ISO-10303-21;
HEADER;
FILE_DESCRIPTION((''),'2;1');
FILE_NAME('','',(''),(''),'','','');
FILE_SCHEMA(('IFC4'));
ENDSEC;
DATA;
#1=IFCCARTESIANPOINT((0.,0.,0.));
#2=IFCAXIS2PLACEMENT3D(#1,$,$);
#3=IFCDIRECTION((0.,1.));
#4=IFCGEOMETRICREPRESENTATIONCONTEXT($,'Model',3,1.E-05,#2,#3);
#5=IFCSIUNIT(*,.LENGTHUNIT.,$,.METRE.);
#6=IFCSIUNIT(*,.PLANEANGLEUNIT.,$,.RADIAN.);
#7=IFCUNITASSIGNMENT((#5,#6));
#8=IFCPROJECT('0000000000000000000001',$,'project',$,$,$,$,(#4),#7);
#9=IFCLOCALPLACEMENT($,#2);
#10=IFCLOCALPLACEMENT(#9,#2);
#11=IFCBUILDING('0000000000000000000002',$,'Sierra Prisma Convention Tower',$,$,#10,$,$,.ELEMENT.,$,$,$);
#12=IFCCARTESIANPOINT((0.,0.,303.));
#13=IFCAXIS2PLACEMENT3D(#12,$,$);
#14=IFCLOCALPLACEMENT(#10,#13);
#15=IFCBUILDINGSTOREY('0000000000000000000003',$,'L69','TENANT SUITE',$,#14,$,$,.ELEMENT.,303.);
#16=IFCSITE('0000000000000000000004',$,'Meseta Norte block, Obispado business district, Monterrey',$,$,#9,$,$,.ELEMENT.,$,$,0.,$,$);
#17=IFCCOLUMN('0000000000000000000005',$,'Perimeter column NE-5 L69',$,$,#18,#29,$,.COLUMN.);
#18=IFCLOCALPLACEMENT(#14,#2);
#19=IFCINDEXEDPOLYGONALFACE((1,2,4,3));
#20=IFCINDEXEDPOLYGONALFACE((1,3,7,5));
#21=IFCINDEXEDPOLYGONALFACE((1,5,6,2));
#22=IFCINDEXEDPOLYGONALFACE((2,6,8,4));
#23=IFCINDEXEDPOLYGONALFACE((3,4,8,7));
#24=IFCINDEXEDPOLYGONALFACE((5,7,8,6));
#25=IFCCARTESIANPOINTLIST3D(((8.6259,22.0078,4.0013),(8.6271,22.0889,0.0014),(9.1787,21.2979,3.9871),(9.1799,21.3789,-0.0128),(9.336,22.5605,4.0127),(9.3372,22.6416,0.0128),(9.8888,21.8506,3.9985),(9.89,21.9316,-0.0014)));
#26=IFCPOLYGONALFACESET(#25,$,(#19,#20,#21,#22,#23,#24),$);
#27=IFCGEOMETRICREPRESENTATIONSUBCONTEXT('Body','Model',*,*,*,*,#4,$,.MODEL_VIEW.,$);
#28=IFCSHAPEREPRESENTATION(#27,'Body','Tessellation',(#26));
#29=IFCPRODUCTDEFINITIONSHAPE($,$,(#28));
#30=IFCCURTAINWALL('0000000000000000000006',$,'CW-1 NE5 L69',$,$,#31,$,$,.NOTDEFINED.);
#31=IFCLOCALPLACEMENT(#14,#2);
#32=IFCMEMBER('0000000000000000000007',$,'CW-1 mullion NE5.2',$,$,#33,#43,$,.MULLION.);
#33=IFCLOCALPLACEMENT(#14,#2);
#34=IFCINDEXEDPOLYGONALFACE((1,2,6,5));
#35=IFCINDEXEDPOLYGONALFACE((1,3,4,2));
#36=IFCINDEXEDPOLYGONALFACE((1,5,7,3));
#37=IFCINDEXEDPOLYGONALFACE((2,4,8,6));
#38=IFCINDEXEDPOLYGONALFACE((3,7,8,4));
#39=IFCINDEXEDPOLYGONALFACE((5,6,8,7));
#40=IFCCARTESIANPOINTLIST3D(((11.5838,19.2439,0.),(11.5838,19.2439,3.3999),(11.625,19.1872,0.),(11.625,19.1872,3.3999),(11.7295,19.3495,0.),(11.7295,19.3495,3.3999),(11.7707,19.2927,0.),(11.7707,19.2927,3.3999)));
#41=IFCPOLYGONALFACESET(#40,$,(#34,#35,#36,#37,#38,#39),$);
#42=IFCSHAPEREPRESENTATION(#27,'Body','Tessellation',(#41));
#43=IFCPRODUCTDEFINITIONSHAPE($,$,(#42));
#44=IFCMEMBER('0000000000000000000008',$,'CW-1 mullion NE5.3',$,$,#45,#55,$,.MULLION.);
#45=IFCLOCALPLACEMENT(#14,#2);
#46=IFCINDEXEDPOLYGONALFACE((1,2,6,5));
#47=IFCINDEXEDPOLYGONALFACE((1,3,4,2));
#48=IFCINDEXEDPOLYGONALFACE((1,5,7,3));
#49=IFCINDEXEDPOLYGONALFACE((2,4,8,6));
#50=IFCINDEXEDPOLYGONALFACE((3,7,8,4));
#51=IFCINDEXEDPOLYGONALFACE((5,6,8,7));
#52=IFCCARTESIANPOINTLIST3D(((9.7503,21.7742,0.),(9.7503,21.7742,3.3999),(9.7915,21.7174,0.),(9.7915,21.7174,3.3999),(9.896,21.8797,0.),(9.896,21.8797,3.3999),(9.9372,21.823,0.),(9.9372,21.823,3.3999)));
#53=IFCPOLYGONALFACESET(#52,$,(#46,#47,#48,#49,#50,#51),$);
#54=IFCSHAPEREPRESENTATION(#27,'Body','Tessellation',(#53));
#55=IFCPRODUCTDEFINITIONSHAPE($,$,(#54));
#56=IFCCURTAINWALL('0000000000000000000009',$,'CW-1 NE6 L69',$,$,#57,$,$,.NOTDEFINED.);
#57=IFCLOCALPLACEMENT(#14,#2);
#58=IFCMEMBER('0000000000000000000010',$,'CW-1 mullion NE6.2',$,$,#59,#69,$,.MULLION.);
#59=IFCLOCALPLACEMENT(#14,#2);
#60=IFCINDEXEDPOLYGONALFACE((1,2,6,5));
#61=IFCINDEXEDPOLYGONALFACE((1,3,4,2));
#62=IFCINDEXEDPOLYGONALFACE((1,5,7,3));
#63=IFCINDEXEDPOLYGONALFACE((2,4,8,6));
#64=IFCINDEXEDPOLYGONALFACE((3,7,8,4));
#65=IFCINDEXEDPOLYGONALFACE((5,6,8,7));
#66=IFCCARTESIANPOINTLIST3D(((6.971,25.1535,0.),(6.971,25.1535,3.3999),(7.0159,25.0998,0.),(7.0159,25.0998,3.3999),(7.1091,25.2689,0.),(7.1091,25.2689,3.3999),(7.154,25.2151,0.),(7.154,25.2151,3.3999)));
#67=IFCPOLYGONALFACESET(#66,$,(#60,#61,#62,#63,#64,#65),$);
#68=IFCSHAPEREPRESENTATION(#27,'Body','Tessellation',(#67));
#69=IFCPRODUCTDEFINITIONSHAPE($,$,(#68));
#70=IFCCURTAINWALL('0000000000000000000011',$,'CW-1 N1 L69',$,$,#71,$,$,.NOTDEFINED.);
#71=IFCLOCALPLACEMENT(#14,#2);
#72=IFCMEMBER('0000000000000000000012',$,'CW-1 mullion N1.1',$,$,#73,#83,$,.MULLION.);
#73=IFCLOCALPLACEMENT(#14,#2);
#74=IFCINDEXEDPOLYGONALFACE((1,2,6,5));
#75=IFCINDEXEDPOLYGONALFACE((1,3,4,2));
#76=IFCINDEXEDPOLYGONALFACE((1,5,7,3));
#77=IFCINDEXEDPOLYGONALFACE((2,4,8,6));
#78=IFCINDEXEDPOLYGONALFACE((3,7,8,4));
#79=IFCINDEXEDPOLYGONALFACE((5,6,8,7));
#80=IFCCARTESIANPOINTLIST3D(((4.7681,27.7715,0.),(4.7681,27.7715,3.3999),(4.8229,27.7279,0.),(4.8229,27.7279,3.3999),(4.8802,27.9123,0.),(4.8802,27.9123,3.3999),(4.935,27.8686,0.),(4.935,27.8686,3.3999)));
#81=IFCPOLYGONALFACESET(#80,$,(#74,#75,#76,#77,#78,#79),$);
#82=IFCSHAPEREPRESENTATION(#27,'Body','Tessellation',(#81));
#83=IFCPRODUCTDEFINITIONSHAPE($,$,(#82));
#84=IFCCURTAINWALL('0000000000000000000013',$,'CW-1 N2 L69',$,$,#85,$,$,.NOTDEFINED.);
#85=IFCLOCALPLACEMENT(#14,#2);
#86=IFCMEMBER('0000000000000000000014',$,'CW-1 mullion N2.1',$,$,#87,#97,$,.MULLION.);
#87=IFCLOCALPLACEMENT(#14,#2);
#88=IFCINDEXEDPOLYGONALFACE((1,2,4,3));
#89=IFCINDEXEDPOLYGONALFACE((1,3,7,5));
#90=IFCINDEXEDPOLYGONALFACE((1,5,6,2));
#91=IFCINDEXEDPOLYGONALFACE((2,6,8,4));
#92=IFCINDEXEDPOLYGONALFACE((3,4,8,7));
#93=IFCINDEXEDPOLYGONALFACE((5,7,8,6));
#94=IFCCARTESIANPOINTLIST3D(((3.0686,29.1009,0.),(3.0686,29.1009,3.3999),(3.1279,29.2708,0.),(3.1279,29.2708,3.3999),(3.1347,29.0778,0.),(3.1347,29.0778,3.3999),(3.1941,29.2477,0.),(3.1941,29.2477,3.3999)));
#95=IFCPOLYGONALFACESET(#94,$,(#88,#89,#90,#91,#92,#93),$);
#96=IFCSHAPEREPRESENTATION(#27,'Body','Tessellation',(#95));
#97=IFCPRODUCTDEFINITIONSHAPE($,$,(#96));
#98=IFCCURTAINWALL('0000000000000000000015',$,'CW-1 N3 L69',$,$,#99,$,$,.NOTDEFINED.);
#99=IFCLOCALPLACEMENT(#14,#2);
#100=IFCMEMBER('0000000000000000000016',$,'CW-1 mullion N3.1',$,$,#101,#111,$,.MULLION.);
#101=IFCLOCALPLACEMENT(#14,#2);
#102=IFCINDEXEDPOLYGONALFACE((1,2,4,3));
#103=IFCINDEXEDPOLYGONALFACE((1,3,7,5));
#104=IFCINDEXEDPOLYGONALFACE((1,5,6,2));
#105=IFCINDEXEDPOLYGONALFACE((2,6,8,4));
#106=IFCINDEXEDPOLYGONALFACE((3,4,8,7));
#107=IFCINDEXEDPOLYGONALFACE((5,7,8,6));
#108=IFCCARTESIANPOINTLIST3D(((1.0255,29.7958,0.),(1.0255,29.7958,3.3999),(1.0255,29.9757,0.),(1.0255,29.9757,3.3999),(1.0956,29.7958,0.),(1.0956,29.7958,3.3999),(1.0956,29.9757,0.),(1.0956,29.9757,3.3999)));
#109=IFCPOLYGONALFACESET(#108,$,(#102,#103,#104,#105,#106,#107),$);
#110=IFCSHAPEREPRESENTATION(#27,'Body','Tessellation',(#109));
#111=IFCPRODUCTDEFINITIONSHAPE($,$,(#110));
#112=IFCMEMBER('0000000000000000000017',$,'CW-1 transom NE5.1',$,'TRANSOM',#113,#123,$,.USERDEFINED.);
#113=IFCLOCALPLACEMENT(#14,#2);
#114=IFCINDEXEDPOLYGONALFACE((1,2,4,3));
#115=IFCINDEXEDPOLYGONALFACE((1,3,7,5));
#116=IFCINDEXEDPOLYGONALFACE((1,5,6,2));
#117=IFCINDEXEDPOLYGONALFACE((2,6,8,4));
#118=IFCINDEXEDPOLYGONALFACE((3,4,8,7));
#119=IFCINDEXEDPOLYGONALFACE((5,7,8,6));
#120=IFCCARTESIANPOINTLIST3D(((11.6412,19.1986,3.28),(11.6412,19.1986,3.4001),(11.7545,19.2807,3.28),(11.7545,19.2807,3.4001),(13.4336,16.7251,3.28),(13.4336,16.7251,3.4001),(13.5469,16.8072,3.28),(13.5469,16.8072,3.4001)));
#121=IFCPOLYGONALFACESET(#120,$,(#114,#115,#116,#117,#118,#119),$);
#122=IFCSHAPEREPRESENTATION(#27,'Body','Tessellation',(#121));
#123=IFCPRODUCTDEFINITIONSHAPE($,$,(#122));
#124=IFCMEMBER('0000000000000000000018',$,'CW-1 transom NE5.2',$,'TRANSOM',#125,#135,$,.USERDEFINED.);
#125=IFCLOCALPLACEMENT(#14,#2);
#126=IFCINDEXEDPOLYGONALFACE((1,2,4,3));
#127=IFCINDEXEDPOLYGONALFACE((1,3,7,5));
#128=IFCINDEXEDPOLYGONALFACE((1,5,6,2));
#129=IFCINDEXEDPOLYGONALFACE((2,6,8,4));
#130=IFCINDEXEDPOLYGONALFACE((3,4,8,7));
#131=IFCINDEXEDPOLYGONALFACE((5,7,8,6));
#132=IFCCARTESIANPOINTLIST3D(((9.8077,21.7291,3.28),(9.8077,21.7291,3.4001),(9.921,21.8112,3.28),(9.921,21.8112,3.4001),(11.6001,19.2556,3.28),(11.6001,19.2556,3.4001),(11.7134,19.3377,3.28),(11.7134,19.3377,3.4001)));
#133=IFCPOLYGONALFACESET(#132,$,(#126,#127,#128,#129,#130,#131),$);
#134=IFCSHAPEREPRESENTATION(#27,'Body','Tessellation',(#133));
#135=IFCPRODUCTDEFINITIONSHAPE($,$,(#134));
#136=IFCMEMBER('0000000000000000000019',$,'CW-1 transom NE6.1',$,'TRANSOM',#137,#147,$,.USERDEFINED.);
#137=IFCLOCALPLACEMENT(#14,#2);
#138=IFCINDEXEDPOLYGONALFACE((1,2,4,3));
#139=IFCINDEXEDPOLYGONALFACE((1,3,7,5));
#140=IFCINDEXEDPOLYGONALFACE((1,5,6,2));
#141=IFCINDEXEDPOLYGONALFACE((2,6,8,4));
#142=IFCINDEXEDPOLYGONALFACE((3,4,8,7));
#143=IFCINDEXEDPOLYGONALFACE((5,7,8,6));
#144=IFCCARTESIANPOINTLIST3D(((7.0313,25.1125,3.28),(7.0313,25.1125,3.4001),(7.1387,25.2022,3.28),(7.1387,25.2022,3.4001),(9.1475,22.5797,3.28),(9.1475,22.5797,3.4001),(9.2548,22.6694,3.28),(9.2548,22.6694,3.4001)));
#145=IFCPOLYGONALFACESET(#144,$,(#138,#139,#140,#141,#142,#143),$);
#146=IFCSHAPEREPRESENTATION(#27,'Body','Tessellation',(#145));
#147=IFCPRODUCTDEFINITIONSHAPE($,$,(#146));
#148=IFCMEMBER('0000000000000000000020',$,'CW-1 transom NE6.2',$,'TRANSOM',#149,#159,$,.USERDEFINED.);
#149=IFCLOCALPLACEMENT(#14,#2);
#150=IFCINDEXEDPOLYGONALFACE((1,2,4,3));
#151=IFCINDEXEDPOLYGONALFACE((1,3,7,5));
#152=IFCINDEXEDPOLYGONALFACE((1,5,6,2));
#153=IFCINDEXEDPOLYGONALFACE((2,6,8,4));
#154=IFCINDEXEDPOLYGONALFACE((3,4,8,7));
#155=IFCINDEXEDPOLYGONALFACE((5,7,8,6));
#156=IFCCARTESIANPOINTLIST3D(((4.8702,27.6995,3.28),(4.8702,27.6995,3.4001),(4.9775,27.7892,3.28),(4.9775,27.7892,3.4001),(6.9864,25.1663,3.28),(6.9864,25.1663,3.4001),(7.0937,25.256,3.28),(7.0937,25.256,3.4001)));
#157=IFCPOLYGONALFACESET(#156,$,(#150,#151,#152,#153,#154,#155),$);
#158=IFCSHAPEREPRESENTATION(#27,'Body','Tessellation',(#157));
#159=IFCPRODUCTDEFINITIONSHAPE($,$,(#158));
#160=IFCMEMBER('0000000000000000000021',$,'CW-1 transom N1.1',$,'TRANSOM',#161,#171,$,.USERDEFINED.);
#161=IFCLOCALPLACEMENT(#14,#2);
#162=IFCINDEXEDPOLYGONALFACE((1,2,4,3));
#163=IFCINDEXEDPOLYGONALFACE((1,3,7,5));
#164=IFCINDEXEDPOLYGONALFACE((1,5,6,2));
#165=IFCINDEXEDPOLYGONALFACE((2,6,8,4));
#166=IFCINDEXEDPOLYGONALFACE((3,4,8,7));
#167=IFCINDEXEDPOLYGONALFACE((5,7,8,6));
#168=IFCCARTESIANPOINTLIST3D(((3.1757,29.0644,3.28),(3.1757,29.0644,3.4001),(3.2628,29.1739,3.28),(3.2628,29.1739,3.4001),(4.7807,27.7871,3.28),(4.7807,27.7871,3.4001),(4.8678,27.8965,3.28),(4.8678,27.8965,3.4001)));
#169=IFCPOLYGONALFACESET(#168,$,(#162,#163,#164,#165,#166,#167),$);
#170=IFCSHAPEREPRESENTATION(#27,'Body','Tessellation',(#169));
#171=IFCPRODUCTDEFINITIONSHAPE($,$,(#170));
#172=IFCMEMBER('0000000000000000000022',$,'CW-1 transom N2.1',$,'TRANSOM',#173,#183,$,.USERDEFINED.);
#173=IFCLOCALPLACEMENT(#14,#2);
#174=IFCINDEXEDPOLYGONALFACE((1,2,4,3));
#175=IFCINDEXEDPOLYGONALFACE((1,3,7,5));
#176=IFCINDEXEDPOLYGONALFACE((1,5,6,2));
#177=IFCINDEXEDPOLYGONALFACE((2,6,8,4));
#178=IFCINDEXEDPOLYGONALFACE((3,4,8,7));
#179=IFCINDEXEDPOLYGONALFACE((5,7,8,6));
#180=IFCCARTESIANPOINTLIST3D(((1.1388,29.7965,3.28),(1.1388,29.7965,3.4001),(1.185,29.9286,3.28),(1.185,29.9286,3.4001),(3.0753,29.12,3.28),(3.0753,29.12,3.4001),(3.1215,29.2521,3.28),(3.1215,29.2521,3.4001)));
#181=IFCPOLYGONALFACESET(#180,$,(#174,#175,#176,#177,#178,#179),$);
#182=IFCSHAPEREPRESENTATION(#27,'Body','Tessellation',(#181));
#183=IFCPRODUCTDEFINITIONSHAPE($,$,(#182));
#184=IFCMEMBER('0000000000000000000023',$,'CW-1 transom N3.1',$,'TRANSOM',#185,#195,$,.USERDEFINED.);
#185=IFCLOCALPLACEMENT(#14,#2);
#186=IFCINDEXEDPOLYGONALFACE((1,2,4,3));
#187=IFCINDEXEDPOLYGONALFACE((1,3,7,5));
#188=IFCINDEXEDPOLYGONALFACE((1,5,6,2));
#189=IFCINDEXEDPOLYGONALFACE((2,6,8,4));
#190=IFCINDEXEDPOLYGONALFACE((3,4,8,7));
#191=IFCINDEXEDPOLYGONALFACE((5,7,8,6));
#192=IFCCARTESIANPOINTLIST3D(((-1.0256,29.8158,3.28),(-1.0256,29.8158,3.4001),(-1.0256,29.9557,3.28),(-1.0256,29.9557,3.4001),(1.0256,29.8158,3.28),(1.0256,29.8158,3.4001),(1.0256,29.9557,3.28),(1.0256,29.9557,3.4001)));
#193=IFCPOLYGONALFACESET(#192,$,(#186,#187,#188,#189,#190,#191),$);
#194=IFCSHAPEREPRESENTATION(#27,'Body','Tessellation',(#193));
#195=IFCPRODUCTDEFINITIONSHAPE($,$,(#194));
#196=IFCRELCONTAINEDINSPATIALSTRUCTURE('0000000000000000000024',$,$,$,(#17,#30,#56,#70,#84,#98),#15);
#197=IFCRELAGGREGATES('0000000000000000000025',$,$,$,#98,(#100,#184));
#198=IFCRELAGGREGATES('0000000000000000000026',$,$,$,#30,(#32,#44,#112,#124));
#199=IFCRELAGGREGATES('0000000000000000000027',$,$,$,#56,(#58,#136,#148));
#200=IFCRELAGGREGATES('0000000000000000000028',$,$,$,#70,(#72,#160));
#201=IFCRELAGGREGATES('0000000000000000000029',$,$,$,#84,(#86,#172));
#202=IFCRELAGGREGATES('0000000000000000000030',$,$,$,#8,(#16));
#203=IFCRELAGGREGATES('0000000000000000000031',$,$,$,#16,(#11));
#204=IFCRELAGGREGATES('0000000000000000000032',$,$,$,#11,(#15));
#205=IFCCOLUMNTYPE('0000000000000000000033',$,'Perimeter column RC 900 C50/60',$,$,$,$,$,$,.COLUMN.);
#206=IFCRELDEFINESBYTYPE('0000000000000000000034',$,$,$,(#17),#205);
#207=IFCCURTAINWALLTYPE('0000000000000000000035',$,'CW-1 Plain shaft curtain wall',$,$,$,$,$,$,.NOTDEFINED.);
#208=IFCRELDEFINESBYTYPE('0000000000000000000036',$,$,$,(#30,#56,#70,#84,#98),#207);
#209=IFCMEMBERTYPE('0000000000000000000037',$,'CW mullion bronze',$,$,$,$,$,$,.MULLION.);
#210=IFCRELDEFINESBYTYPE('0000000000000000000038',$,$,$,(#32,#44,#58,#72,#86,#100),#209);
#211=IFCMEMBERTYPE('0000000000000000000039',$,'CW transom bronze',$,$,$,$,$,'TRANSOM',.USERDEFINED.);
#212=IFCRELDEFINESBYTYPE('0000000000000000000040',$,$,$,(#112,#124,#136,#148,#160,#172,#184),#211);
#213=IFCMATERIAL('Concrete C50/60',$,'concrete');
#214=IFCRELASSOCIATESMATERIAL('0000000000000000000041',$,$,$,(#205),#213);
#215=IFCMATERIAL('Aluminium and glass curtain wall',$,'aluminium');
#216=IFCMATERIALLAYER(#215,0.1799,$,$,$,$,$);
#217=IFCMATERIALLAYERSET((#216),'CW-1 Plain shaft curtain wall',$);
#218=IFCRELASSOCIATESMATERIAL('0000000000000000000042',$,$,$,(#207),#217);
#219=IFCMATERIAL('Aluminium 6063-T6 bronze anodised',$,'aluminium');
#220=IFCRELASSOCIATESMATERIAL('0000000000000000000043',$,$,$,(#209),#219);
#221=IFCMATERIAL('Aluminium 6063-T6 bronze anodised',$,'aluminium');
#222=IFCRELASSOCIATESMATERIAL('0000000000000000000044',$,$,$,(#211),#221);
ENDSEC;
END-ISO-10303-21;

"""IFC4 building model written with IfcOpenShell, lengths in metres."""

from ifc_helpers import new_model, si_unit, direction, frame, origin, origin_2d, place, context, subcontext, project, spatial, rectangle, extrude, material, layer, layer_set, material_profile, profile_set, type_object, element, aggregate, save


model = new_model("IFC4")

# Units and contexts
model_context = context("Model", 3, precision=1e-05, world=origin(), true_north=direction((0.0, 1.0)))
body_context = subcontext(model_context, "Body", "Model", "MODEL_VIEW")
ifc_project = project(units=[si_unit("LENGTHUNIT", "METRE"), si_unit("PLANEANGLEUNIT", "RADIAN")], contexts=[model_context])

# Site, building, storey
site_placement = place(None, origin())
site = spatial("IfcSite", under=ifc_project, at=site_placement, Name="Meseta Norte block, Obispado business district, Monterrey", CompositionType="ELEMENT", RefElevation=0.0)
building_placement = place(site_placement, origin())
building = spatial("IfcBuilding", under=site, at=building_placement, Name="Sierra Prisma Convention Tower", CompositionType="ELEMENT")
storey_placement = place(building_placement, frame((0.0, 0.0, 303.0)))
storey = spatial("IfcBuildingStorey", under=building, at=storey_placement, Name="L69", Description="TENANT SUITE", CompositionType="ELEMENT", Elevation=303.0)

# Column
ifc_material_1 = material(Name="Concrete C50/60", Category="concrete")
ifc_material_profile_1 = material_profile(ifc_material_1, rectangle(XDim=0.8999, YDim=0.8999, at=origin_2d()), Name="Perimeter column RC 900 C50/60")
ifc_profile_set_1 = profile_set([ifc_material_profile_1], Name="Concrete C50/60")
column_type = type_object("IfcColumnType", Name="Perimeter column RC 900 C50/60", PredefinedType="COLUMN", material=ifc_profile_set_1)
column_placement = place(storey_placement, frame((9.2585, 22.0103, 0.0), z_axis=(-0.000305, -0.02026, 0.999795), x_axis=(-0.614306, 0.78891, 0.015799)))
element("IfcColumn", 1, at=column_placement, inside=storey, type_object=column_type, Name="Perimeter column NE-5 L69", PredefinedType="COLUMN", context=body_context, shape_type="SweptSolid", body=[
    extrude(rectangle(XDim=0.8999, YDim=0.8999, at=origin_2d()), origin(), (0.0, 0.0, 1.0), 4.0007),
])

# Curtain wall, members
ifc_material_2 = material(Name="Aluminium and glass curtain wall", Category="aluminium")
ifc_layer_1 = layer(ifc_material_2, 0.1799)
ifc_layer_set_1 = layer_set([ifc_layer_1], Name="CW-1 Plain shaft curtain wall")
curtain_wall_type = type_object("IfcCurtainWallType", Name="CW-1 Plain shaft curtain wall", PredefinedType="NOTDEFINED", material=ifc_layer_set_1)
curtain_wall_1_placement = place(storey_placement, origin())
curtain_wall_1 = element("IfcCurtainWall", 2, at=curtain_wall_1_placement, inside=storey, type_object=curtain_wall_type, Name="CW-1 NE5 L69", PredefinedType="NOTDEFINED")
ifc_material_3 = material(Name="Aluminium 6063-T6 bronze anodised", Category="aluminium")
ifc_material_profile_2 = material_profile(ifc_material_3, rectangle(XDim=0.1799, YDim=0.0701, at=origin_2d()), Name="ALU MULLION 70x180")
ifc_profile_set_2 = profile_set([ifc_material_profile_2], Name="Aluminium 6063-T6 bronze anodised")
member_type_1 = type_object("IfcMemberType", Name="CW mullion bronze", PredefinedType="MULLION", material=ifc_profile_set_2)
member_1_placement = place(storey_placement, frame((11.6772, 19.2683, 0.0), z_axis=(0.0, 0.0, 1.0), x_axis=(-0.809774, -0.586742, 0.0)))
member_1 = element("IfcMember", 3, at=member_1_placement, type_object=member_type_1, Name="CW-1 mullion NE5.2", PredefinedType="MULLION", context=body_context, shape_type="SweptSolid", body=[
    extrude(rectangle(XDim=0.1799, YDim=0.0701, at=origin_2d()), origin(), (0.0, 0.0, 1.0), 3.3999),
])
member_2_placement = place(storey_placement, frame((9.8438, 21.7986, 0.0), z_axis=(0.0, 0.0, 1.0), x_axis=(-0.809774, -0.586742, 0.0)))
member_2 = element("IfcMember", 4, at=member_2_placement, type_object=member_type_1, Name="CW-1 mullion NE5.3", PredefinedType="MULLION", context=body_context, shape_type="SweptSolid", body=[
    extrude(rectangle(XDim=0.1799, YDim=0.0701, at=origin_2d()), origin(), (0.0, 0.0, 1.0), 3.3999),
])

# Curtain walls, members
curtain_wall_2_placement = place(storey_placement, origin())
curtain_wall_2 = element("IfcCurtainWall", 5, at=curtain_wall_2_placement, inside=storey, type_object=curtain_wall_type, Name="CW-1 NE6 L69", PredefinedType="NOTDEFINED")
member_3_placement = place(storey_placement, frame((7.0625, 25.1843, 0.0), z_axis=(0.0, 0.0, 1.0), x_axis=(-0.767424, -0.64114, 0.0)))
member_3 = element("IfcMember", 6, at=member_3_placement, type_object=member_type_1, Name="CW-1 mullion NE6.2", PredefinedType="MULLION", context=body_context, shape_type="SweptSolid", body=[
    extrude(rectangle(XDim=0.1799, YDim=0.0701, at=origin_2d()), origin(), (0.0, 0.0, 1.0), 3.3999),
])
curtain_wall_3_placement = place(storey_placement, origin())
curtain_wall_3 = element("IfcCurtainWall", 7, at=curtain_wall_3_placement, inside=storey, type_object=curtain_wall_type, Name="CW-1 N1 L69", PredefinedType="NOTDEFINED")
member_4_placement = place(storey_placement, frame((4.8516, 27.8201, 0.0), z_axis=(0.0, 0.0, 1.0), x_axis=(-0.622763, -0.782411, 0.0)))
member_4 = element("IfcMember", 8, at=member_4_placement, type_object=member_type_1, Name="CW-1 mullion N1.1", PredefinedType="MULLION", context=body_context, shape_type="SweptSolid", body=[
    extrude(rectangle(XDim=0.1799, YDim=0.0701, at=origin_2d()), origin(), (0.0, 0.0, 1.0), 3.3999),
])
curtain_wall_4_placement = place(storey_placement, origin())
curtain_wall_4 = element("IfcCurtainWall", 9, at=curtain_wall_4_placement, inside=storey, type_object=curtain_wall_type, Name="CW-1 N2 L69", PredefinedType="NOTDEFINED")
member_5_placement = place(storey_placement, frame((3.1313, 29.1743, 0.0), z_axis=(0.0, 0.0, 1.0), x_axis=(-0.32984, -0.944037, 0.0)))
member_5 = element("IfcMember", 10, at=member_5_placement, type_object=member_type_1, Name="CW-1 mullion N2.1", PredefinedType="MULLION", context=body_context, shape_type="SweptSolid", body=[
    extrude(rectangle(XDim=0.1799, YDim=0.0701, at=origin_2d()), origin(), (0.0, 0.0, 1.0), 3.3999),
])
curtain_wall_5_placement = place(storey_placement, origin())
curtain_wall_5 = element("IfcCurtainWall", 11, at=curtain_wall_5_placement, inside=storey, type_object=curtain_wall_type, Name="CW-1 N3 L69", PredefinedType="NOTDEFINED")
member_6_placement = place(storey_placement, frame((1.0605, 29.8857, 0.0), z_axis=(0.0, 0.0, 1.0), x_axis=(0.0, -1.0, 0.0)))
member_6 = element("IfcMember", 12, at=member_6_placement, type_object=member_type_1, Name="CW-1 mullion N3.1", PredefinedType="MULLION", context=body_context, shape_type="SweptSolid", body=[
    extrude(rectangle(XDim=0.1799, YDim=0.0701, at=origin_2d()), origin(), (0.0, 0.0, 1.0), 3.3999),
])

# Members
ifc_material_4 = material(Name="Aluminium 6063-T6 bronze anodised", Category="aluminium")
ifc_material_profile_3 = material_profile(ifc_material_4, rectangle(XDim=0.1399, YDim=0.1201, at=origin_2d()), Name="ALU TRANSOM 120x140")
ifc_profile_set_3 = profile_set([ifc_material_profile_3], Name="Aluminium 6063-T6 bronze anodised")
member_type_2 = type_object("IfcMemberType", Name="CW transom bronze", ElementType="TRANSOM", PredefinedType="USERDEFINED", material=ifc_profile_set_3)
member_7_placement = place(storey_placement, frame((13.4902, 16.7661, 3.3401), z_axis=(-0.586774, 0.809751, 0.0), x_axis=(-0.809751, -0.586774, 0.0)))
member_7 = element("IfcMember", 13, at=member_7_placement, type_object=member_type_2, Name="CW-1 transom NE5.1", ObjectType="TRANSOM", PredefinedType="USERDEFINED", context=body_context, shape_type="SweptSolid", body=[
    extrude(rectangle(XDim=0.1399, YDim=0.1201, at=origin_2d()), origin(), (0.0, 0.0, 1.0), 3.0547),
])
member_8_placement = place(storey_placement, frame((11.6567, 19.2966, 3.3401), z_axis=(-0.586774, 0.809751, 0.0), x_axis=(-0.809751, -0.586774, 0.0)))
member_8 = element("IfcMember", 14, at=member_8_placement, type_object=member_type_2, Name="CW-1 transom NE5.2", ObjectType="TRANSOM", PredefinedType="USERDEFINED", context=body_context, shape_type="SweptSolid", body=[
    extrude(rectangle(XDim=0.1399, YDim=0.1201, at=origin_2d()), origin(), (0.0, 0.0, 1.0), 3.0547),
])
member_9_placement = place(storey_placement, frame((9.2012, 22.6245, 3.3401), z_axis=(-0.641152, 0.767414, 0.0), x_axis=(-0.767414, -0.641152, 0.0)))
member_9 = element("IfcMember", 15, at=member_9_placement, type_object=member_type_2, Name="CW-1 transom NE6.1", ObjectType="TRANSOM", PredefinedType="USERDEFINED", context=body_context, shape_type="SweptSolid", body=[
    extrude(rectangle(XDim=0.1399, YDim=0.1201, at=origin_2d()), origin(), (0.0, 0.0, 1.0), 3.3005),
])
member_10_placement = place(storey_placement, frame((7.04, 25.2112, 3.3401), z_axis=(-0.641115, 0.767445, 0.0), x_axis=(-0.767445, -0.641115, 0.0)))
member_10 = element("IfcMember", 16, at=member_10_placement, type_object=member_type_2, Name="CW-1 transom NE6.2", ObjectType="TRANSOM", PredefinedType="USERDEFINED", context=body_context, shape_type="SweptSolid", body=[
    extrude(rectangle(XDim=0.1399, YDim=0.1201, at=origin_2d()), origin(), (0.0, 0.0, 1.0), 3.3008),
])
member_11_placement = place(storey_placement, frame((4.8242, 27.8418, 3.3401), z_axis=(-0.782446, 0.622719, 0.0), x_axis=(-0.622719, -0.782446, 0.0)))
member_11 = element("IfcMember", 17, at=member_11_placement, type_object=member_type_2, Name="CW-1 transom N1.1", ObjectType="TRANSOM", PredefinedType="USERDEFINED", context=body_context, shape_type="SweptSolid", body=[
    extrude(rectangle(XDim=0.1399, YDim=0.1201, at=origin_2d()), origin(), (0.0, 0.0, 1.0), 2.0513),
])
member_12_placement = place(storey_placement, frame((3.0984, 29.186, 3.3401), z_axis=(-0.944051, 0.329799, 0.0), x_axis=(-0.329799, -0.944051, 0.0)))
member_12 = element("IfcMember", 18, at=member_12_placement, type_object=member_type_2, Name="CW-1 transom N2.1", ObjectType="TRANSOM", PredefinedType="USERDEFINED", context=body_context, shape_type="SweptSolid", body=[
    extrude(rectangle(XDim=0.1399, YDim=0.1201, at=origin_2d()), origin(), (0.0, 0.0, 1.0), 2.0513),
])
member_13_placement = place(storey_placement, frame((1.0256, 29.8857, 3.3401), z_axis=(-1.0, 0.0, 0.0), x_axis=(0.0, -1.0, 0.0)))
member_13 = element("IfcMember", 19, at=member_13_placement, type_object=member_type_2, Name="CW-1 transom N3.1", ObjectType="TRANSOM", PredefinedType="USERDEFINED", context=body_context, shape_type="SweptSolid", body=[
    extrude(rectangle(XDim=0.1399, YDim=0.1201, at=origin_2d()), origin(), (0.0, 0.0, 1.0), 2.0513),
])
aggregate(curtain_wall_5, [member_6, member_13])

aggregate(curtain_wall_1, [member_1, member_2, member_7, member_8])
aggregate(curtain_wall_2, [member_3, member_9, member_10])
aggregate(curtain_wall_3, [member_4, member_11])
aggregate(curtain_wall_4, [member_5, member_12])

save(model, "model.ifc")
